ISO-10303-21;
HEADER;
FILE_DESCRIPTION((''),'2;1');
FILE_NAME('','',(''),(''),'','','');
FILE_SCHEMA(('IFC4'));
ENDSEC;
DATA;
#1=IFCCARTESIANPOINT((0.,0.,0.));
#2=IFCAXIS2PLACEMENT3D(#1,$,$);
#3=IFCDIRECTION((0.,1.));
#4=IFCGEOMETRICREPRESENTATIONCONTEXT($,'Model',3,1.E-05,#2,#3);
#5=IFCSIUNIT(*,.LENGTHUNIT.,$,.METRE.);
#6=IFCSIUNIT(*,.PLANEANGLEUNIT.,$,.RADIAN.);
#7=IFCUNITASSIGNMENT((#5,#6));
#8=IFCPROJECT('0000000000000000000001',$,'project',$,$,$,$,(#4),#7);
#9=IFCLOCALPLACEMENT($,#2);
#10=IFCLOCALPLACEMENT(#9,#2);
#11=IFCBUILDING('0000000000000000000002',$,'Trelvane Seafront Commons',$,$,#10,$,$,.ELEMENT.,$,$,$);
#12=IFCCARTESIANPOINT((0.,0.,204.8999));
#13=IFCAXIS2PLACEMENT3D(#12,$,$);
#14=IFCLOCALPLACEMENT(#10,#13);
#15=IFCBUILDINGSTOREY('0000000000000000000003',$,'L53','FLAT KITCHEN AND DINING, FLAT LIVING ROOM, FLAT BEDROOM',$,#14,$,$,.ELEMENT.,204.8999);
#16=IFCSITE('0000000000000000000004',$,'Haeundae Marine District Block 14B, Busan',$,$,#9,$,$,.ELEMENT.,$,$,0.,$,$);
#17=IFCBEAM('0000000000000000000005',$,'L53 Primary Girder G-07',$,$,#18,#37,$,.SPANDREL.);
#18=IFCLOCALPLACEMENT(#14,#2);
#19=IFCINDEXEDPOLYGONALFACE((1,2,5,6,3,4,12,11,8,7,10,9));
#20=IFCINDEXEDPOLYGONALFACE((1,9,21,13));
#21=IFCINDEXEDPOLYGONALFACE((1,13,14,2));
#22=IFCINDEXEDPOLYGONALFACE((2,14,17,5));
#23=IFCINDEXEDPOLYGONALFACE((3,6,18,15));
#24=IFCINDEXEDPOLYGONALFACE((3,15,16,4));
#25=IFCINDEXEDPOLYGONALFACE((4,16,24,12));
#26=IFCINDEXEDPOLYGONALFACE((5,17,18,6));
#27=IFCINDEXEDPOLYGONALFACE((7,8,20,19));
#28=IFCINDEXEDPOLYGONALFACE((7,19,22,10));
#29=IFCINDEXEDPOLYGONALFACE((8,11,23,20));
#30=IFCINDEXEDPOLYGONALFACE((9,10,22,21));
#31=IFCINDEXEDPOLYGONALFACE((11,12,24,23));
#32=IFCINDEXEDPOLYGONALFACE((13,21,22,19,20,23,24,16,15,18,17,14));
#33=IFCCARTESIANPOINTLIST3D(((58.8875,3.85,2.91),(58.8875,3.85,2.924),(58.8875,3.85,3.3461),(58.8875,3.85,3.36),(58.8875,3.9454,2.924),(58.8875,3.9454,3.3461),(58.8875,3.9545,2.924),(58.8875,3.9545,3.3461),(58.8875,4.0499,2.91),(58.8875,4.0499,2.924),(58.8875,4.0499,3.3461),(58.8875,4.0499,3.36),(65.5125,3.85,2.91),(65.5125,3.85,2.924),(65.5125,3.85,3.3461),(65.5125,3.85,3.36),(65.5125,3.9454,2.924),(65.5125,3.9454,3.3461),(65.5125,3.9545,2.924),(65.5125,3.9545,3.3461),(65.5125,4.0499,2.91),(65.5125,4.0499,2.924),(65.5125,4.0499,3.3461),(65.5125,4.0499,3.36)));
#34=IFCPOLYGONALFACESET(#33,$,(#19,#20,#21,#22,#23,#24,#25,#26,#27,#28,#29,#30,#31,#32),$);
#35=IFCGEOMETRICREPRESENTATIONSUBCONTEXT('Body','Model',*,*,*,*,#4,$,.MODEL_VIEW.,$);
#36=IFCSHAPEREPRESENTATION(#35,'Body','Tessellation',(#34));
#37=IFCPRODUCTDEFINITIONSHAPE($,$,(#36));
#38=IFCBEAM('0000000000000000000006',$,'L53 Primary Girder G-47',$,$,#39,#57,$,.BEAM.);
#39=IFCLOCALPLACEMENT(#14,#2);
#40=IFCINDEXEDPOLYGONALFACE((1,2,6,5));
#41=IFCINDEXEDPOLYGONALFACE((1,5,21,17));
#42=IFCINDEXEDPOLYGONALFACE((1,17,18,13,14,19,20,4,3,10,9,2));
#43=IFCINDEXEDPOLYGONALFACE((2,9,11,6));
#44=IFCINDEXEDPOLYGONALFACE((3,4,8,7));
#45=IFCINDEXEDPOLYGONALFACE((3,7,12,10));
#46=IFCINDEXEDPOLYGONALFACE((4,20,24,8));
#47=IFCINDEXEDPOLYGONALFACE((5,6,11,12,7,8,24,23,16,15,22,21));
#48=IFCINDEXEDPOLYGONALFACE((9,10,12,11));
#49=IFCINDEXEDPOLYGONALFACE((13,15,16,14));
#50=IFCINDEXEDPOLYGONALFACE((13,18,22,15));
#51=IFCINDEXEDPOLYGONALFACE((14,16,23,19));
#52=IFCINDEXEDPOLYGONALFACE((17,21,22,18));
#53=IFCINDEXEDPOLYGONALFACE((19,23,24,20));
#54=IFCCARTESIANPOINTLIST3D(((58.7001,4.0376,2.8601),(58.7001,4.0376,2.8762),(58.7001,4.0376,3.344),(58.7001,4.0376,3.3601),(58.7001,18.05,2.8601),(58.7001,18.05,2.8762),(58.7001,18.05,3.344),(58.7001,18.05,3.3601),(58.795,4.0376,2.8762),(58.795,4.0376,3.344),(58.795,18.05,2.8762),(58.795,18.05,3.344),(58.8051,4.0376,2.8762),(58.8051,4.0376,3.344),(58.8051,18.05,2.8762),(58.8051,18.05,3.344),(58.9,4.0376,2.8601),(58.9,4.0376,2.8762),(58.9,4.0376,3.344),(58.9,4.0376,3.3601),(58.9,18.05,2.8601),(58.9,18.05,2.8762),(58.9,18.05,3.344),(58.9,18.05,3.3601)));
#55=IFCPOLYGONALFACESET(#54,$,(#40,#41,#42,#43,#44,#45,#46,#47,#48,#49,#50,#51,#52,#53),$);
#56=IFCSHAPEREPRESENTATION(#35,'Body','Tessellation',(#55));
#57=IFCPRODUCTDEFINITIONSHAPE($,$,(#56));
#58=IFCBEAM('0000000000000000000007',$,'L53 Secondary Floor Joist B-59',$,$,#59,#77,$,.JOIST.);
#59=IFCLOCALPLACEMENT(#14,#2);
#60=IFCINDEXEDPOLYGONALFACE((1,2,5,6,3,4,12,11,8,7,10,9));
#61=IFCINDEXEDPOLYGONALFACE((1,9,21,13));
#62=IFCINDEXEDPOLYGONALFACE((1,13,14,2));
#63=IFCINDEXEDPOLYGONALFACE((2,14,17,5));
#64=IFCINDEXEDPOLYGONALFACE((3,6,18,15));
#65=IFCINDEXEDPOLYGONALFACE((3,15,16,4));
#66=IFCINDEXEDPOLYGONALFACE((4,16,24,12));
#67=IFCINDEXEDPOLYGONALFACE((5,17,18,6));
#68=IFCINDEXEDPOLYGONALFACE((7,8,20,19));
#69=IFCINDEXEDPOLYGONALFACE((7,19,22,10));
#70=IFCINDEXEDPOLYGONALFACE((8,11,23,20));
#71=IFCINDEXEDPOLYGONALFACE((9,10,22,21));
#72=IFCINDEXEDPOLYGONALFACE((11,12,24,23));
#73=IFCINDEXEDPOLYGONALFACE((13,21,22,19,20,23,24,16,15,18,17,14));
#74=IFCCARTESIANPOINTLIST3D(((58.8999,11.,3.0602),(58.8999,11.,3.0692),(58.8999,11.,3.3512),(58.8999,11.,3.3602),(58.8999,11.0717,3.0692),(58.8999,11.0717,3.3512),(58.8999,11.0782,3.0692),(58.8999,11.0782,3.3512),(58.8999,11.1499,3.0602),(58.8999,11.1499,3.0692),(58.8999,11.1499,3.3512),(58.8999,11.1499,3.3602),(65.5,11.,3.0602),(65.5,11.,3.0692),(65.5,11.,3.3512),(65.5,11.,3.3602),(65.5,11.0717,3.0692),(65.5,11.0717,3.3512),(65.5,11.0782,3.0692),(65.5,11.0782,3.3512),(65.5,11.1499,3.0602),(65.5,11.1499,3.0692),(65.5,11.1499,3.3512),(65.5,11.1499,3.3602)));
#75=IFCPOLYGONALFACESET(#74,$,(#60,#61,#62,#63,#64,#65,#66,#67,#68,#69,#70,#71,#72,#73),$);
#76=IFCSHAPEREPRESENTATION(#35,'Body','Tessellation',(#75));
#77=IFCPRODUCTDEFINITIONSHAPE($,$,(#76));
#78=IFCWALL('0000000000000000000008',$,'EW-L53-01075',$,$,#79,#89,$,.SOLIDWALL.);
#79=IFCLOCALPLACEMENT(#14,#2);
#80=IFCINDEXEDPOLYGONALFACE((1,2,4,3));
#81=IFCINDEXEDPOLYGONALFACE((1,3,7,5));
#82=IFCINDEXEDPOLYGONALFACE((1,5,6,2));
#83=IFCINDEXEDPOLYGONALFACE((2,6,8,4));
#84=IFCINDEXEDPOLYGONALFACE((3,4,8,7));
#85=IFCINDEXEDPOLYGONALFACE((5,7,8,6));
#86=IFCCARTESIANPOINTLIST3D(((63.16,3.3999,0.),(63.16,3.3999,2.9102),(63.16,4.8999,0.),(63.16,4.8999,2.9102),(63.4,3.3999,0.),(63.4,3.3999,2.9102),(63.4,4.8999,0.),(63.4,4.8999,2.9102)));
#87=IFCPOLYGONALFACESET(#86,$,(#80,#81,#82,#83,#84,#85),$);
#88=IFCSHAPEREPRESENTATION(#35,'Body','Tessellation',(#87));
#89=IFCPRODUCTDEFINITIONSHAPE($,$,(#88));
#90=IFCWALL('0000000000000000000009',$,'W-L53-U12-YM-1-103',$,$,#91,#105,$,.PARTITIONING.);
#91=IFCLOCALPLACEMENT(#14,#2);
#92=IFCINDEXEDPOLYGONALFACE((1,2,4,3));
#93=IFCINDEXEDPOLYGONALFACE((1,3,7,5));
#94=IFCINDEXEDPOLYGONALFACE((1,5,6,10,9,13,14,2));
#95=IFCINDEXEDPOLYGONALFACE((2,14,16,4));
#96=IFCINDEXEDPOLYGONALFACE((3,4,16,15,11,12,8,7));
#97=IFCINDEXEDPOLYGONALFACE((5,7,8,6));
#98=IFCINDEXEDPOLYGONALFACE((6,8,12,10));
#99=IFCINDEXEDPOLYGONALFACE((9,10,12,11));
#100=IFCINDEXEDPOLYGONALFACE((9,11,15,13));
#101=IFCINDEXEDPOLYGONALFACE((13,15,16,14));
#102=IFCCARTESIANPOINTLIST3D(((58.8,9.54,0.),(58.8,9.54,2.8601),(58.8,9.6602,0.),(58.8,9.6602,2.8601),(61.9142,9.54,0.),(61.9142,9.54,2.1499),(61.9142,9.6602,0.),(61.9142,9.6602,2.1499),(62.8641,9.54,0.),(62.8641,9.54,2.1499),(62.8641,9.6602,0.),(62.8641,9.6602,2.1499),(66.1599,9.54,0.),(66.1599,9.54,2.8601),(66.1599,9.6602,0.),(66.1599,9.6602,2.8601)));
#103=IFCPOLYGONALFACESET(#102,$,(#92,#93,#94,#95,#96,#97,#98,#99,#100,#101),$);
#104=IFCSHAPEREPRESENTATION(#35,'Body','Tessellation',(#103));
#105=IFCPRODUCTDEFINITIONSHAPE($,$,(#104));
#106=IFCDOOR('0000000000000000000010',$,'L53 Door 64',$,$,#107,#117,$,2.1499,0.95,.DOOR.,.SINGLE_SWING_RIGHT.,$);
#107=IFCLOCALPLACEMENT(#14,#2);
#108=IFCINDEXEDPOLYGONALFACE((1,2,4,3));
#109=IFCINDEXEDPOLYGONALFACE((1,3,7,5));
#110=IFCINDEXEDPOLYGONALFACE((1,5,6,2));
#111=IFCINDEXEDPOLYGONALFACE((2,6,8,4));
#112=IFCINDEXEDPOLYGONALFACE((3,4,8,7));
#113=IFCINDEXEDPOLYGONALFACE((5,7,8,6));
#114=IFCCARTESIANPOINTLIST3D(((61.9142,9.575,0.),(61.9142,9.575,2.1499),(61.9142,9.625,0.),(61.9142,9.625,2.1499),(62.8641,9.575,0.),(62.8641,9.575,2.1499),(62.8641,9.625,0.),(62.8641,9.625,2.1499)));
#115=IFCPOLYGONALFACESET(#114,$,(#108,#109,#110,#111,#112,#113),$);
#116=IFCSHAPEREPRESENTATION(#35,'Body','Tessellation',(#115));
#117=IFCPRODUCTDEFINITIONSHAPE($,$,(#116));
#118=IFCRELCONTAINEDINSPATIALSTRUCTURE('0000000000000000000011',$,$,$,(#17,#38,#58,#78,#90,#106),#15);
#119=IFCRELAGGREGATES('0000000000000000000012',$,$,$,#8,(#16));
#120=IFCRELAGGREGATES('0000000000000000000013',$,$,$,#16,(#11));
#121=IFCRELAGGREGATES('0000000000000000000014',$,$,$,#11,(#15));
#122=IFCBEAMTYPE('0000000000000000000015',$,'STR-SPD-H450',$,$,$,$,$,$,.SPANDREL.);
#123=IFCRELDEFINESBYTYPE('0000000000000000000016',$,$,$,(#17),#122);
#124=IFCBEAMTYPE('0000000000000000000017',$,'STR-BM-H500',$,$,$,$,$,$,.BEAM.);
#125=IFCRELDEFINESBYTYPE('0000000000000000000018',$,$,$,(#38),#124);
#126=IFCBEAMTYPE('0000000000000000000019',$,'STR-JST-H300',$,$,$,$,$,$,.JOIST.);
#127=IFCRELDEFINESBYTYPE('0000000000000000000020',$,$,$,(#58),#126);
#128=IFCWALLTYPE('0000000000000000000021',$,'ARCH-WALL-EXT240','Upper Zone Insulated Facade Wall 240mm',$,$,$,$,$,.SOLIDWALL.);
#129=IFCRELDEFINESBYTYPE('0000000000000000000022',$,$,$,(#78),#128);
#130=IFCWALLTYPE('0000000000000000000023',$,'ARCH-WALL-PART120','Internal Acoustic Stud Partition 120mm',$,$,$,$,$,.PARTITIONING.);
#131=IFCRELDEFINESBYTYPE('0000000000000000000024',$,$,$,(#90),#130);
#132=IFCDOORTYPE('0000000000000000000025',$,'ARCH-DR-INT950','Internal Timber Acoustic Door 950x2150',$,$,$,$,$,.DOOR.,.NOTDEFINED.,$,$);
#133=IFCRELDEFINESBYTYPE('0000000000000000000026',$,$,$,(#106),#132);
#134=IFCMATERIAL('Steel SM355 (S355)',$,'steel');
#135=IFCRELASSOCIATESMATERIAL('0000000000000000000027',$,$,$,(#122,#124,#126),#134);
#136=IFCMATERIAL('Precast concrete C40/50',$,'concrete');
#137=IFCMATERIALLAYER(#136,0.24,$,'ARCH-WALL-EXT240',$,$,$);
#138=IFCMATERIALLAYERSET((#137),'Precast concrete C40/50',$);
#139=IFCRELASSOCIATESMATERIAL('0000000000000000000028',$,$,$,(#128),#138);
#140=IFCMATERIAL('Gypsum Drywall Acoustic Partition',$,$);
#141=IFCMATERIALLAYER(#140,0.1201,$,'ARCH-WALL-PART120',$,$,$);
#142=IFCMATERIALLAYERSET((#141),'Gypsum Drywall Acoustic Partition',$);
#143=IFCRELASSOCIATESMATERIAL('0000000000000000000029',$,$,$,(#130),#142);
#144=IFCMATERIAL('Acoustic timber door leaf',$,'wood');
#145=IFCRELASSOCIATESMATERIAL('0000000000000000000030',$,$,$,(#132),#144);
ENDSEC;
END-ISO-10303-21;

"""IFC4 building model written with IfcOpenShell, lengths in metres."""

from ifc_helpers import new_model, si_unit, direction, frame, frame_2d, origin, origin_2d, place, context, subcontext, project, spatial, rectangle, i_section, extrude, source, transform, mapped, material, layer, layer_set, material_profile, profile_set, type_object, element, fill, save


model = new_model("IFC4")

# Units and contexts
model_context = context("Model", 3, precision=1e-05, world=origin(), true_north=direction((0.0, 1.0)))
body_context = subcontext(model_context, "Body", "Model", "MODEL_VIEW")
ifc_project = project(units=[si_unit("LENGTHUNIT", "METRE"), si_unit("PLANEANGLEUNIT", "RADIAN")], contexts=[model_context])

# Site, building, storey
site_placement = place(None, origin())
site = spatial("IfcSite", under=ifc_project, at=site_placement, Name="Haeundae Marine District Block 14B, Busan", CompositionType="ELEMENT", RefElevation=0.0)
building_placement = place(site_placement, origin())
building = spatial("IfcBuilding", under=site, at=building_placement, Name="Trelvane Seafront Commons", CompositionType="ELEMENT")
storey_placement = place(building_placement, frame((0.0, 0.0, 204.8999)))
storey = spatial("IfcBuildingStorey", under=building, at=storey_placement, Name="L53", Description="FLAT KITCHEN AND DINING, FLAT LIVING ROOM, FLAT BEDROOM", CompositionType="ELEMENT", Elevation=204.8999)

# Beams
ifc_material_1 = material(Name="Steel SM355 (S355)", Category="steel")
ifc_material_profile_1 = material_profile(ifc_material_1, i_section(OverallWidth=0.2, OverallDepth=0.45, WebThickness=0.009, FlangeThickness=0.0139, at=origin_2d()), Name="H-450x200x9x14")
ifc_profile_set_1 = profile_set([ifc_material_profile_1], Name="Steel SM355 (S355)")
beam_type_1 = type_object("IfcBeamType", Name="STR-SPD-H450", PredefinedType="SPANDREL", material=ifc_profile_set_1)
shared_shape_1 = source(origin(), body_context, "Body", "SweptSolid", [
    extrude(i_section(OverallWidth=0.2, OverallDepth=0.45, WebThickness=0.009, FlangeThickness=0.0139, at=origin_2d()), origin(), (0.0, 0.0, 1.0), 6.625),
])
beam_1_placement = place(storey_placement, frame((58.8875, 3.95, 3.135), z_axis=(1.0, 0.0, 0.0), x_axis=(0.0, 1.0, 0.0)))
element("IfcBeam", 1, at=beam_1_placement, inside=storey, type_object=beam_type_1, Name="L53 Primary Girder G-07", PredefinedType="SPANDREL", context=body_context, shape_type="MappedRepresentation", body=[
    mapped(shared_shape_1, transform((0.0, 0.0, 0.0), x_axis=(1.0, 0.0, 0.0), y_axis=(0.0, 1.0, 0.0), z_axis=(0.0, 0.0, 1.0), scale=1.0)),
])
ifc_material_profile_2 = material_profile(ifc_material_1, i_section(OverallWidth=0.2, OverallDepth=0.5, WebThickness=0.01, FlangeThickness=0.0161, at=origin_2d()), Name="H-500x200x10x16")
ifc_profile_set_2 = profile_set([ifc_material_profile_2], Name="Steel SM355 (S355)")
beam_type_2 = type_object("IfcBeamType", Name="STR-BM-H500", PredefinedType="BEAM", material=ifc_profile_set_2)
shared_shape_2 = source(origin(), body_context, "Body", "SweptSolid", [
    extrude(i_section(OverallWidth=0.2, OverallDepth=0.5, WebThickness=0.01, FlangeThickness=0.0161, at=origin_2d()), origin(), (0.0, 0.0, 1.0), 14.0125),
])
beam_2_placement = place(storey_placement, frame((58.8, 4.0376, 3.1101), z_axis=(0.0, 1.0, 0.0), x_axis=(-1.0, 0.0, 0.0)))
element("IfcBeam", 2, at=beam_2_placement, inside=storey, type_object=beam_type_2, Name="L53 Primary Girder G-47", PredefinedType="BEAM", context=body_context, shape_type="MappedRepresentation", body=[
    mapped(shared_shape_2, transform((0.0, 0.0, 0.0), x_axis=(1.0, 0.0, 0.0), y_axis=(0.0, 1.0, 0.0), z_axis=(0.0, 0.0, 1.0), scale=1.0)),
])
ifc_material_profile_3 = material_profile(ifc_material_1, i_section(OverallWidth=0.1499, OverallDepth=0.3, WebThickness=0.0066, FlangeThickness=0.009, at=origin_2d()), Name="H-300x150x6.5x9")
ifc_profile_set_3 = profile_set([ifc_material_profile_3], Name="Steel SM355 (S355)")
beam_type_3 = type_object("IfcBeamType", Name="STR-JST-H300", PredefinedType="JOIST", material=ifc_profile_set_3)
shared_shape_3 = source(origin(), body_context, "Body", "SweptSolid", [
    extrude(i_section(OverallWidth=0.1499, OverallDepth=0.3, WebThickness=0.0066, FlangeThickness=0.009, at=origin_2d()), origin(), (0.0, 0.0, 1.0), 6.6001),
])
beam_3_placement = place(storey_placement, frame((58.8999, 11.075, 3.2102), z_axis=(1.0, 0.0, 0.0), x_axis=(0.0, 1.0, 0.0)))
element("IfcBeam", 3, at=beam_3_placement, inside=storey, type_object=beam_type_3, Name="L53 Secondary Floor Joist B-59", PredefinedType="JOIST", context=body_context, shape_type="MappedRepresentation", body=[
    mapped(shared_shape_3, transform((0.0, 0.0, 0.0), x_axis=(1.0, 0.0, 0.0), y_axis=(0.0, 1.0, 0.0), z_axis=(0.0, 0.0, 1.0), scale=1.0)),
])

# Wall
ifc_material_2 = material(Name="Precast concrete C40/50", Category="concrete")
ifc_layer_1 = layer(ifc_material_2, 0.24, Name="ARCH-WALL-EXT240")
ifc_layer_set_1 = layer_set([ifc_layer_1], Name="Precast concrete C40/50")
wall_type_1 = type_object("IfcWallType", Name="ARCH-WALL-EXT240", Description="Upper Zone Insulated Facade Wall 240mm", PredefinedType="SOLIDWALL", material=ifc_layer_set_1)
wall_1_placement = place(storey_placement, frame((63.28, 4.8999, 0.0), z_axis=(0.0, 0.0, 1.0), x_axis=(0.0, -1.0, 0.0)))
element("IfcWall", 4, at=wall_1_placement, inside=storey, type_object=wall_type_1, Name="EW-L53-01075", PredefinedType="SOLIDWALL", context=body_context, shape_type="SweptSolid", body=[
    extrude(rectangle(XDim=1.5, YDim=0.24, at=frame_2d((0.75, 0.0))), origin(), (0.0, 0.0, 1.0), 2.9102),
])

# Wall, opening, door
ifc_material_3 = material(Name="Gypsum Drywall Acoustic Partition")
ifc_layer_2 = layer(ifc_material_3, 0.1201, Name="ARCH-WALL-PART120")
ifc_layer_set_2 = layer_set([ifc_layer_2], Name="Gypsum Drywall Acoustic Partition")
wall_type_2 = type_object("IfcWallType", Name="ARCH-WALL-PART120", Description="Internal Acoustic Stud Partition 120mm", PredefinedType="PARTITIONING", material=ifc_layer_set_2)
wall_2_placement = place(storey_placement, frame((58.8, 9.6001, 0.0), z_axis=(0.0, 0.0, 1.0), x_axis=(1.0, 0.0, 0.0)))
wall_2 = element("IfcWall", 5, at=wall_2_placement, inside=storey, type_object=wall_type_2, Name="W-L53-U12-YM-1-103", PredefinedType="PARTITIONING", context=body_context, shape_type="SweptSolid", body=[
    extrude(rectangle(XDim=7.3599, YDim=0.1201, at=frame_2d((3.6799, 0.0))), origin(), (0.0, 0.0, 1.0), 2.8601),
])
opening_placement = place(wall_2_placement, frame((3.114, 0.0, 0.0)))
opening = element("IfcOpeningElement", 6, at=opening_placement, cuts=wall_2, PredefinedType="OPENING", context=body_context, shape_type="SweptSolid", body=[
    extrude(rectangle(XDim=0.95, YDim=2.1499, at=frame_2d((0.4751, 1.075))), frame((0.0, 0.0701, 0.0), z_axis=(0.0, -1.0, 0.0), x_axis=(1.0, 0.0, 0.0)), (0.0, 0.0, 1.0), 0.1401),
])
ifc_material_4 = material(Name="Acoustic timber door leaf", Category="wood")
door_type = type_object("IfcDoorType", Name="ARCH-DR-INT950", Description="Internal Timber Acoustic Door 950x2150", OperationType="NOTDEFINED", PredefinedType="DOOR", material=ifc_material_4)
shared_shape_4 = source(origin(), body_context, "Body", "SweptSolid", [
    extrude(rectangle(XDim=0.95, YDim=2.1499, at=frame_2d((0.4751, 1.075))), frame((0.0, 0.0249, 0.0), z_axis=(0.0, -1.0, 0.0), x_axis=(1.0, 0.0, 0.0)), (0.0, 0.0, 1.0), 0.05),
])
door_placement = place(opening_placement, origin())
door = element("IfcDoor", 7, at=door_placement, inside=storey, type_object=door_type, Name="L53 Door 64", OperationType="SINGLE_SWING_RIGHT", OverallHeight=2.1499, OverallWidth=0.95, PredefinedType="DOOR", context=body_context, shape_type="MappedRepresentation", body=[
    mapped(shared_shape_4, transform((0.0, 0.0, 0.0), x_axis=(1.0, 0.0, 0.0), y_axis=(0.0, 1.0, 0.0), z_axis=(0.0, 0.0, 1.0), scale=1.0)),
])
fill(opening, door)

save(model, "model.ifc")
